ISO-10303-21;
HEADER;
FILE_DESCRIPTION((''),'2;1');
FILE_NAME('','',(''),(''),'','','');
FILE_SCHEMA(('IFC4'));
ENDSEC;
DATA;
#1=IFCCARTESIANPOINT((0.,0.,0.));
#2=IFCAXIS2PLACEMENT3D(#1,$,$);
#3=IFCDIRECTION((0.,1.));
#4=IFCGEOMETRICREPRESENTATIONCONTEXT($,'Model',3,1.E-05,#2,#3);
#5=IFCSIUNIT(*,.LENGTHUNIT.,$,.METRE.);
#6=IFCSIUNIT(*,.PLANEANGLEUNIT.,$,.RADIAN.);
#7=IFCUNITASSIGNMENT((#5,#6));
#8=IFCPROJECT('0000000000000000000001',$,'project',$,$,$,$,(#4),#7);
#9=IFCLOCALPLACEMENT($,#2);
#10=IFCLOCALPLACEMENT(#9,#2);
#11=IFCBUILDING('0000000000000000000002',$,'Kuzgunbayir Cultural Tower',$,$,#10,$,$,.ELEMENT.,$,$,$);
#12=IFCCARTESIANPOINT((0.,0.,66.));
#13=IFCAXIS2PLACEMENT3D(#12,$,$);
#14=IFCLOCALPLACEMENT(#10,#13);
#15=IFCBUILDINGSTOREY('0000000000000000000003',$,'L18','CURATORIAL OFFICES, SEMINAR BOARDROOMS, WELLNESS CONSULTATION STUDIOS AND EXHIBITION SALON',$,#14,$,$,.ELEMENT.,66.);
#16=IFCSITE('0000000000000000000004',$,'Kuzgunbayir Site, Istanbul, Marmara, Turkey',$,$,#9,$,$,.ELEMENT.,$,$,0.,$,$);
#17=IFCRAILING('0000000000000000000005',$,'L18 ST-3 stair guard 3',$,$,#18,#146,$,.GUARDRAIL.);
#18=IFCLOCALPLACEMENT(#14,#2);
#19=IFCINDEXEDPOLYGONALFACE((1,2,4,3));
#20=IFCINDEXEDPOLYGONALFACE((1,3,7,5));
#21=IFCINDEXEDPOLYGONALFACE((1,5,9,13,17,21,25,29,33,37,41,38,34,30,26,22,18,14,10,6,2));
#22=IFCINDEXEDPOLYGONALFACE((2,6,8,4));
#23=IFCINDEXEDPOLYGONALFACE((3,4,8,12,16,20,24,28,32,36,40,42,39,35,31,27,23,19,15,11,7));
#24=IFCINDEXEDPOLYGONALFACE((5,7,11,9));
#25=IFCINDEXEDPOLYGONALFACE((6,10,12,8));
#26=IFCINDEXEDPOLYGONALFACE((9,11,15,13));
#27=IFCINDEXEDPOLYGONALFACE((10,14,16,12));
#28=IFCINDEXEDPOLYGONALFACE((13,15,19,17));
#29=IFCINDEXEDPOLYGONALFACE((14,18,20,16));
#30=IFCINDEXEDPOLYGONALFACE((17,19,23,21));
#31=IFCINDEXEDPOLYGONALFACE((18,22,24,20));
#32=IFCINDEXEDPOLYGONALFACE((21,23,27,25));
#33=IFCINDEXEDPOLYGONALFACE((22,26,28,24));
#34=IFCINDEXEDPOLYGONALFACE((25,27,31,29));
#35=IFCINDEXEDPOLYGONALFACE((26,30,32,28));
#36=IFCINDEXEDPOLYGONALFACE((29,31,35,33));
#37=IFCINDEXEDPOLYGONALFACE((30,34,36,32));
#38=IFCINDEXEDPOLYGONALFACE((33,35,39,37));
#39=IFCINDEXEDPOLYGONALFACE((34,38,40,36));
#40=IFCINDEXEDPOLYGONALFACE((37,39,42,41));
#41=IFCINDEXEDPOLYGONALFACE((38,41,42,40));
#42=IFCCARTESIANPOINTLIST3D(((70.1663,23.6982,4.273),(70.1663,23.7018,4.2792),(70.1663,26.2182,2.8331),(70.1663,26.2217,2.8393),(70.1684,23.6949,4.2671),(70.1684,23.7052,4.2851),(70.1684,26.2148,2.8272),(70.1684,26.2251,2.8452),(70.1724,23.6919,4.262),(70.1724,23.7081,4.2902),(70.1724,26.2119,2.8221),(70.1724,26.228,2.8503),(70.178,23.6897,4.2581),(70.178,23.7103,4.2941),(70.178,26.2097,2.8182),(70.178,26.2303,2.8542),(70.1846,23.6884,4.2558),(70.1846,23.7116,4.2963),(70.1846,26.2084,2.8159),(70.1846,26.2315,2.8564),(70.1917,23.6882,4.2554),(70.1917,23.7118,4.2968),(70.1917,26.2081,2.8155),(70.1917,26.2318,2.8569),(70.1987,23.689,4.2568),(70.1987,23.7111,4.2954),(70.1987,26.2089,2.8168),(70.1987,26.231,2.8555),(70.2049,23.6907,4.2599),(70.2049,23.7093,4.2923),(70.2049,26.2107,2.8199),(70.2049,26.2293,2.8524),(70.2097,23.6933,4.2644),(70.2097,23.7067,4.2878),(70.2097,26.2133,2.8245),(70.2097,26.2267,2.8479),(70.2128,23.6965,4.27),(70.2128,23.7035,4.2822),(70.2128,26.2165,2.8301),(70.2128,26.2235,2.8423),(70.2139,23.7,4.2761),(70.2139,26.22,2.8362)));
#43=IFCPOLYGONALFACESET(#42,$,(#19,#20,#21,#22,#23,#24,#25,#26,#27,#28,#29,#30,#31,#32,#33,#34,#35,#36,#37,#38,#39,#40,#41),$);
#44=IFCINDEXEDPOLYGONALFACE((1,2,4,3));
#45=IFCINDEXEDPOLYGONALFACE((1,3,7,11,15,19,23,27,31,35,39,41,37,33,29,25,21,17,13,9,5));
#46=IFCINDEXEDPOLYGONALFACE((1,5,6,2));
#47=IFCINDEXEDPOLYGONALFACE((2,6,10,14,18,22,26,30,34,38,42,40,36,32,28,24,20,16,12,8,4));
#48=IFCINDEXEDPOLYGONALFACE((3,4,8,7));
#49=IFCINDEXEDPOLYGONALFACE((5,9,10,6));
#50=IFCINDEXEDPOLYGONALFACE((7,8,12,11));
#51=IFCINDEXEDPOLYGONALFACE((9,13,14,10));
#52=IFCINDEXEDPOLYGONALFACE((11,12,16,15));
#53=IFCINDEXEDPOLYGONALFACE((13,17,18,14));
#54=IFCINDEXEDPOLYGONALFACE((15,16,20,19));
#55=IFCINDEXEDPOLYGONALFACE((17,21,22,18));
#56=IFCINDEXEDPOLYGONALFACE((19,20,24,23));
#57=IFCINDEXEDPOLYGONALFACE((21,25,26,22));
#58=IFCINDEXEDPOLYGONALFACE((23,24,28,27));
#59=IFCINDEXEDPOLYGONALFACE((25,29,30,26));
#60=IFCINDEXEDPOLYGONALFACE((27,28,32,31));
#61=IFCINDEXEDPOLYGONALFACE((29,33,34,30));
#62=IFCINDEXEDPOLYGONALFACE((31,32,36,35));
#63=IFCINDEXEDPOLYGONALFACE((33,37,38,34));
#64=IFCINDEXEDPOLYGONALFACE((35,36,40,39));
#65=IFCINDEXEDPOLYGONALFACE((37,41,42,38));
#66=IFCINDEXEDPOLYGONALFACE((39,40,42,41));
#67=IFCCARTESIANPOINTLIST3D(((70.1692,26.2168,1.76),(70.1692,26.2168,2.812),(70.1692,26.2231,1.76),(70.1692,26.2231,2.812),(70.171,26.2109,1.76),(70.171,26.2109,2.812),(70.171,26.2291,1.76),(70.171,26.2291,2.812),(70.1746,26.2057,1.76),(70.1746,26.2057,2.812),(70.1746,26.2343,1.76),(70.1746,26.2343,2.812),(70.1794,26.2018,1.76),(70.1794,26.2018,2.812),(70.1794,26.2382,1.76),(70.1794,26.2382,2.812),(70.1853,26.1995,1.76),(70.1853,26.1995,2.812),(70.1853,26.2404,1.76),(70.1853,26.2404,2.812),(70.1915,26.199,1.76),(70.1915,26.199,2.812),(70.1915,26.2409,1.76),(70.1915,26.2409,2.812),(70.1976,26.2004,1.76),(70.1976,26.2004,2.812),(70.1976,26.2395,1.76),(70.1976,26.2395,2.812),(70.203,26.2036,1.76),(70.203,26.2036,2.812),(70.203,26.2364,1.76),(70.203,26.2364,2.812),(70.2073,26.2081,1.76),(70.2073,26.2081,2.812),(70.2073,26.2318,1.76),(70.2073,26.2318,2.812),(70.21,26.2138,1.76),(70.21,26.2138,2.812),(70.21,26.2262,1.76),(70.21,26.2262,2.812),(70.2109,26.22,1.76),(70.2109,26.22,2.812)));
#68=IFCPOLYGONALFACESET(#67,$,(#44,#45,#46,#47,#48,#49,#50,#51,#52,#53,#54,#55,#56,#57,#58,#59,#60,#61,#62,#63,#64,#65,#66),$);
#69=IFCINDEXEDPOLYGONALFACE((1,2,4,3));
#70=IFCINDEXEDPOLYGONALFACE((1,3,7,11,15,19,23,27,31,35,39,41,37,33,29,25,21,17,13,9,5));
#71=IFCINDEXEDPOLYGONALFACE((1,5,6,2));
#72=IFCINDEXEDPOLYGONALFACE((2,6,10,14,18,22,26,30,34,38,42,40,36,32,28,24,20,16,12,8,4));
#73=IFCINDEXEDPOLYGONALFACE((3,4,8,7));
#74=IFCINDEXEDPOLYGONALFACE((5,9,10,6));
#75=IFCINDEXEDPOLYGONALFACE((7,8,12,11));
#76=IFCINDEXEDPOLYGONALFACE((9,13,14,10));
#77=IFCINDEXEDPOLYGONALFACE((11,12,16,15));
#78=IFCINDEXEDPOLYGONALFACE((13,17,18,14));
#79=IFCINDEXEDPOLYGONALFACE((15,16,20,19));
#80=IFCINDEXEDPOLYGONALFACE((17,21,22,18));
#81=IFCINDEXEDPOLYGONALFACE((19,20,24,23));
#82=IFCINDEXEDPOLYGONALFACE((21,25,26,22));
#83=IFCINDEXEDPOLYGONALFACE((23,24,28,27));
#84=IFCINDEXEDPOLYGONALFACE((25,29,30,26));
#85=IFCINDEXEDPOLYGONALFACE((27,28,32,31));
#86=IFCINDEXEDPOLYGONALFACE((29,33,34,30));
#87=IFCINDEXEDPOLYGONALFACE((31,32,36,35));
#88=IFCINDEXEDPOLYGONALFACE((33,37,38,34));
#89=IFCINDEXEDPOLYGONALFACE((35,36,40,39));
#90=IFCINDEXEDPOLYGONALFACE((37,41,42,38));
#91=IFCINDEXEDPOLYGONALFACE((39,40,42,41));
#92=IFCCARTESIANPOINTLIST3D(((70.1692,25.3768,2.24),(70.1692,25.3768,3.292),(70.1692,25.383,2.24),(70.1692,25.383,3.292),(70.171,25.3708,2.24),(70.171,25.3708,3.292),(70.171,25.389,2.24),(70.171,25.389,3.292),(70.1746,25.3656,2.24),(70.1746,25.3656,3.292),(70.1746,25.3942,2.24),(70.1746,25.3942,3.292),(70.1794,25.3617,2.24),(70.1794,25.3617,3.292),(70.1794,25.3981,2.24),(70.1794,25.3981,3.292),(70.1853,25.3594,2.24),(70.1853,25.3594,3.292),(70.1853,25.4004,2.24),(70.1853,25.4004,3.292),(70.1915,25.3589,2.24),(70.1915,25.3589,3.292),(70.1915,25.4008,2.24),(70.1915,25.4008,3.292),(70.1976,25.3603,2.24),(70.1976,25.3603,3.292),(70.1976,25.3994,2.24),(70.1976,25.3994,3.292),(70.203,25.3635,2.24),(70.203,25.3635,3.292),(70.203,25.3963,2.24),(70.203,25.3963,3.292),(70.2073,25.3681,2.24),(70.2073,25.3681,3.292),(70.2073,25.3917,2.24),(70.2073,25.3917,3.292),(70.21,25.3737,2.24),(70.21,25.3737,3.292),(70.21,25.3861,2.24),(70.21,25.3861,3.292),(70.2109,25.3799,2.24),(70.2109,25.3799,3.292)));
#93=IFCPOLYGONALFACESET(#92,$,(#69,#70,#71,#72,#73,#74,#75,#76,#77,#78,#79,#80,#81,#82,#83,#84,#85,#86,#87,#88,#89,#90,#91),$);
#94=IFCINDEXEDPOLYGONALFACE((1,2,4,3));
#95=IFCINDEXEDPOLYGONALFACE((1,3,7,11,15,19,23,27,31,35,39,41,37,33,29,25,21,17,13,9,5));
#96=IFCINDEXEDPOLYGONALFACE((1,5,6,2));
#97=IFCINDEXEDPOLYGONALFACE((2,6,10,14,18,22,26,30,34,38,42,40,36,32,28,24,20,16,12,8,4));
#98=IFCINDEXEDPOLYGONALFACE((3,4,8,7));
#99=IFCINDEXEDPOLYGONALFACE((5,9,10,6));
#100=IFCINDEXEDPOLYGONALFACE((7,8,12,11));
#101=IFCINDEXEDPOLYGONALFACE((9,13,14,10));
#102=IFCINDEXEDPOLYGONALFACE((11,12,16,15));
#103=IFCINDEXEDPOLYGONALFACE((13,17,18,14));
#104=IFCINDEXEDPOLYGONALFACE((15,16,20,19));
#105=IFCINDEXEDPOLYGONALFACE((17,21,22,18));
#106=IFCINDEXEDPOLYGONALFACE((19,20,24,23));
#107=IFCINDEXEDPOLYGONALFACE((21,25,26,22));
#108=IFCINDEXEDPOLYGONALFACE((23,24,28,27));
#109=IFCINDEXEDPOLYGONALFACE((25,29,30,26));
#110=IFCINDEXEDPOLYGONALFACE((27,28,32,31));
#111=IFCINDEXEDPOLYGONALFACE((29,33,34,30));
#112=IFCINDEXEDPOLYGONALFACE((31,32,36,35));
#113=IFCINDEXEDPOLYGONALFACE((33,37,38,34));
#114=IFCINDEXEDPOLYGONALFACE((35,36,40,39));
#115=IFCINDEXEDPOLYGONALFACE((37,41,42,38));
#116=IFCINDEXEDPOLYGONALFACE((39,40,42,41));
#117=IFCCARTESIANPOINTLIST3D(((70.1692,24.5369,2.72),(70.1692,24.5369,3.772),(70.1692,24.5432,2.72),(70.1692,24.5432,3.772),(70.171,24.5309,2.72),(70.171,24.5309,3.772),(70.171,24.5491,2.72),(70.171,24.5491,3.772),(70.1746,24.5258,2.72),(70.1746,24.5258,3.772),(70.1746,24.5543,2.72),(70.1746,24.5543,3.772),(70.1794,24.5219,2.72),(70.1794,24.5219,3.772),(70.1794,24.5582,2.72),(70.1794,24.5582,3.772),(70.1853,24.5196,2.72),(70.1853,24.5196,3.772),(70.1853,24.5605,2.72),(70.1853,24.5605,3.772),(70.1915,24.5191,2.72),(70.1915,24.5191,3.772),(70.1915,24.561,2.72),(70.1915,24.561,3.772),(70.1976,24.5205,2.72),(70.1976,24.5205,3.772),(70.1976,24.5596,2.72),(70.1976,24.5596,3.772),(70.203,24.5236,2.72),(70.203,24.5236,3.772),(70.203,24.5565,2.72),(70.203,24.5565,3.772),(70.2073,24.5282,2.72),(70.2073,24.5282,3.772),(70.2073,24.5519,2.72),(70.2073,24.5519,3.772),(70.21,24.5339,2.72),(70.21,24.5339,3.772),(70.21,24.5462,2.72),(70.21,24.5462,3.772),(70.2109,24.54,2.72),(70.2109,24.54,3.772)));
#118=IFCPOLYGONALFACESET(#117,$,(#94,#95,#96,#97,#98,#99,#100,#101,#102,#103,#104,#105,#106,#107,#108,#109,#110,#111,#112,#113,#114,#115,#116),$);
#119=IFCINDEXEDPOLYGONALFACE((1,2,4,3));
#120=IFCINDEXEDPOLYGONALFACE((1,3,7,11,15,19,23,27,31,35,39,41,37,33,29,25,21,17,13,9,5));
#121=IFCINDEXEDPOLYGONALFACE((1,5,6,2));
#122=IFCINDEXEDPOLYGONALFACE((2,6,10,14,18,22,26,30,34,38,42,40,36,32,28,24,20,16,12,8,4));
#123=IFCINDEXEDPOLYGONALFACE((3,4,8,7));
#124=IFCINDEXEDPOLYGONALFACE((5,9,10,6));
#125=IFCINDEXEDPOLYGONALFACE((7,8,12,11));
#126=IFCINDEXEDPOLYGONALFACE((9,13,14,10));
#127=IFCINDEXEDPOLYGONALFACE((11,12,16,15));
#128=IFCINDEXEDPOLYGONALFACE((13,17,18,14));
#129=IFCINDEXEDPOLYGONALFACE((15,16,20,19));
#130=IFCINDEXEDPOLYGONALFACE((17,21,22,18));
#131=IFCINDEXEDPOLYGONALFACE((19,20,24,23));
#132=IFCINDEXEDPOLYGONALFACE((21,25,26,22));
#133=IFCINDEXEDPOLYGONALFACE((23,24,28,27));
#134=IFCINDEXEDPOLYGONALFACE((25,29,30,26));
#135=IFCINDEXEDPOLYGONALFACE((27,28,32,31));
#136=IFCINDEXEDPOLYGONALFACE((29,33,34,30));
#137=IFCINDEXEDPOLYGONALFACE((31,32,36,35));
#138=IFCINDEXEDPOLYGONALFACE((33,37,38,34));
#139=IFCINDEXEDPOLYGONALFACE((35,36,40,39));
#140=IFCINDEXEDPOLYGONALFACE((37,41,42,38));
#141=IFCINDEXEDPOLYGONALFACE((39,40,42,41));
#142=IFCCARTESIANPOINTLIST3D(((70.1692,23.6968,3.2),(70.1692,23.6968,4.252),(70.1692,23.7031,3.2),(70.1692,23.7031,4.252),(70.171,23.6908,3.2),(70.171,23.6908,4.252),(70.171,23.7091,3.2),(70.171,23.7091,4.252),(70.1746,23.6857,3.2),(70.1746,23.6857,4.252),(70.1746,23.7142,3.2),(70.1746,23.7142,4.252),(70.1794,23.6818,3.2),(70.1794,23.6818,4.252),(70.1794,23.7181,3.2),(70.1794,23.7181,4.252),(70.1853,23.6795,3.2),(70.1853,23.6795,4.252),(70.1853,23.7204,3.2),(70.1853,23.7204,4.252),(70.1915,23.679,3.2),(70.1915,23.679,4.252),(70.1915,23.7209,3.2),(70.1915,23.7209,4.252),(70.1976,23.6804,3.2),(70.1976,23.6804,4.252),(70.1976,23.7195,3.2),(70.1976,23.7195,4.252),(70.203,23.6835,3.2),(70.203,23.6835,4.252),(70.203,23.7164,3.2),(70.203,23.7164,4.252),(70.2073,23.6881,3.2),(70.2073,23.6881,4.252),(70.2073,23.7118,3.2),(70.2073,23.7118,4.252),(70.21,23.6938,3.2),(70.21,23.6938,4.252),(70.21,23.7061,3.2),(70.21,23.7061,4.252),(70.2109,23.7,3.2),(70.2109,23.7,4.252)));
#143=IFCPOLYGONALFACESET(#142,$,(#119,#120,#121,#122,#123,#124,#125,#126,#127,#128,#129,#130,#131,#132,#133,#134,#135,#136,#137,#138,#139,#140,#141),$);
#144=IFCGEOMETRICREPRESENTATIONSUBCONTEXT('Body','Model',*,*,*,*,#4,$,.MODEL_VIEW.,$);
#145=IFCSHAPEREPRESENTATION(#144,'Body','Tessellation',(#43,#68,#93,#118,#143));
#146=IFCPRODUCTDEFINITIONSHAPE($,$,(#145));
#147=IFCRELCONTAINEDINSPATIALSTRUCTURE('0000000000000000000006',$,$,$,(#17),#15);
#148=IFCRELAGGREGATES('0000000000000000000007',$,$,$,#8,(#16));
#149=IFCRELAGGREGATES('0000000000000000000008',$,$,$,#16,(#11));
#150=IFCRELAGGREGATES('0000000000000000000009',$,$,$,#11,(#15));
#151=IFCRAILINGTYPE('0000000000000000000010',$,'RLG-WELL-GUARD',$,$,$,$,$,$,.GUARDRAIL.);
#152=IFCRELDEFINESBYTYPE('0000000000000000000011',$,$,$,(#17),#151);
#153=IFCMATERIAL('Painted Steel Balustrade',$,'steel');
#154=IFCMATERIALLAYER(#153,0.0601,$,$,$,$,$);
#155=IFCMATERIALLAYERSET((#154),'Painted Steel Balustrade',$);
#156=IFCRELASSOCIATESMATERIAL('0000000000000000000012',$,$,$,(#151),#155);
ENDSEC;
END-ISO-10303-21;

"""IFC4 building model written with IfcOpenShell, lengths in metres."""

from ifc_helpers import new_model, si_unit, direction, frame, origin, origin_2d, place, context, subcontext, project, spatial, circle, extrude, material, layer, layer_set, type_object, element, save


model = new_model("IFC4")

# Units and contexts
model_context = context("Model", 3, precision=1e-05, world=origin(), true_north=direction((0.0, 1.0)))
body_context = subcontext(model_context, "Body", "Model", "MODEL_VIEW")
ifc_project = project(units=[si_unit("LENGTHUNIT", "METRE"), si_unit("PLANEANGLEUNIT", "RADIAN")], contexts=[model_context])

# Site, building, storey
site_placement = place(None, origin())
site = spatial("IfcSite", under=ifc_project, at=site_placement, Name="Kuzgunbayir Site, Istanbul, Marmara, Turkey", CompositionType="ELEMENT", RefElevation=0.0)
building_placement = place(site_placement, origin())
building = spatial("IfcBuilding", under=site, at=building_placement, Name="Kuzgunbayir Cultural Tower", CompositionType="ELEMENT")
storey_placement = place(building_placement, frame((0.0, 0.0, 66.0)))
storey = spatial("IfcBuildingStorey", under=building, at=storey_placement, Name="L18", Description="CURATORIAL OFFICES, SEMINAR BOARDROOMS, WELLNESS CONSULTATION STUDIOS AND EXHIBITION SALON", CompositionType="ELEMENT", Elevation=66.0)

# Railing
ifc_material_1 = material(Name="Painted Steel Balustrade", Category="steel")
ifc_layer_1 = layer(ifc_material_1, 0.0601)
ifc_layer_set_1 = layer_set([ifc_layer_1], Name="Painted Steel Balustrade")
railing_type_1 = type_object("IfcRailingType", Name="RLG-WELL-GUARD", PredefinedType="GUARDRAIL", material=ifc_layer_set_1)
railing_1_placement = place(storey_placement, frame((70.1899, 26.22, 1.76)))
element("IfcRailing", 1, at=railing_1_placement, inside=storey, type_object=railing_type_1, Name="L18 ST-3 stair guard 3", PredefinedType="GUARDRAIL", context=body_context, shape_type="SweptSolid", body=[
    extrude(circle(Radius=0.0239, at=origin_2d()), frame((0.0, 0.0, 1.0762), z_axis=(0.0, -0.868253, 0.496121), x_axis=(1.0, 0.0, 0.0)), (0.0, 0.0, 1.0), 2.9023),
    extrude(circle(Radius=0.021, at=origin_2d()), origin(), (0.0, 0.0, 1.0), 1.052),
    extrude(circle(Radius=0.021, at=origin_2d()), frame((0.0, -0.8401, 0.48)), (0.0, 0.0, 1.0), 1.052),
    extrude(circle(Radius=0.021, at=origin_2d()), frame((0.0, -1.6799, 0.96)), (0.0, 0.0, 1.0), 1.052),
    extrude(circle(Radius=0.021, at=origin_2d()), frame((0.0, -2.52, 1.4399)), (0.0, 0.0, 1.0), 1.052),
])

save(model, "model.ifc")
